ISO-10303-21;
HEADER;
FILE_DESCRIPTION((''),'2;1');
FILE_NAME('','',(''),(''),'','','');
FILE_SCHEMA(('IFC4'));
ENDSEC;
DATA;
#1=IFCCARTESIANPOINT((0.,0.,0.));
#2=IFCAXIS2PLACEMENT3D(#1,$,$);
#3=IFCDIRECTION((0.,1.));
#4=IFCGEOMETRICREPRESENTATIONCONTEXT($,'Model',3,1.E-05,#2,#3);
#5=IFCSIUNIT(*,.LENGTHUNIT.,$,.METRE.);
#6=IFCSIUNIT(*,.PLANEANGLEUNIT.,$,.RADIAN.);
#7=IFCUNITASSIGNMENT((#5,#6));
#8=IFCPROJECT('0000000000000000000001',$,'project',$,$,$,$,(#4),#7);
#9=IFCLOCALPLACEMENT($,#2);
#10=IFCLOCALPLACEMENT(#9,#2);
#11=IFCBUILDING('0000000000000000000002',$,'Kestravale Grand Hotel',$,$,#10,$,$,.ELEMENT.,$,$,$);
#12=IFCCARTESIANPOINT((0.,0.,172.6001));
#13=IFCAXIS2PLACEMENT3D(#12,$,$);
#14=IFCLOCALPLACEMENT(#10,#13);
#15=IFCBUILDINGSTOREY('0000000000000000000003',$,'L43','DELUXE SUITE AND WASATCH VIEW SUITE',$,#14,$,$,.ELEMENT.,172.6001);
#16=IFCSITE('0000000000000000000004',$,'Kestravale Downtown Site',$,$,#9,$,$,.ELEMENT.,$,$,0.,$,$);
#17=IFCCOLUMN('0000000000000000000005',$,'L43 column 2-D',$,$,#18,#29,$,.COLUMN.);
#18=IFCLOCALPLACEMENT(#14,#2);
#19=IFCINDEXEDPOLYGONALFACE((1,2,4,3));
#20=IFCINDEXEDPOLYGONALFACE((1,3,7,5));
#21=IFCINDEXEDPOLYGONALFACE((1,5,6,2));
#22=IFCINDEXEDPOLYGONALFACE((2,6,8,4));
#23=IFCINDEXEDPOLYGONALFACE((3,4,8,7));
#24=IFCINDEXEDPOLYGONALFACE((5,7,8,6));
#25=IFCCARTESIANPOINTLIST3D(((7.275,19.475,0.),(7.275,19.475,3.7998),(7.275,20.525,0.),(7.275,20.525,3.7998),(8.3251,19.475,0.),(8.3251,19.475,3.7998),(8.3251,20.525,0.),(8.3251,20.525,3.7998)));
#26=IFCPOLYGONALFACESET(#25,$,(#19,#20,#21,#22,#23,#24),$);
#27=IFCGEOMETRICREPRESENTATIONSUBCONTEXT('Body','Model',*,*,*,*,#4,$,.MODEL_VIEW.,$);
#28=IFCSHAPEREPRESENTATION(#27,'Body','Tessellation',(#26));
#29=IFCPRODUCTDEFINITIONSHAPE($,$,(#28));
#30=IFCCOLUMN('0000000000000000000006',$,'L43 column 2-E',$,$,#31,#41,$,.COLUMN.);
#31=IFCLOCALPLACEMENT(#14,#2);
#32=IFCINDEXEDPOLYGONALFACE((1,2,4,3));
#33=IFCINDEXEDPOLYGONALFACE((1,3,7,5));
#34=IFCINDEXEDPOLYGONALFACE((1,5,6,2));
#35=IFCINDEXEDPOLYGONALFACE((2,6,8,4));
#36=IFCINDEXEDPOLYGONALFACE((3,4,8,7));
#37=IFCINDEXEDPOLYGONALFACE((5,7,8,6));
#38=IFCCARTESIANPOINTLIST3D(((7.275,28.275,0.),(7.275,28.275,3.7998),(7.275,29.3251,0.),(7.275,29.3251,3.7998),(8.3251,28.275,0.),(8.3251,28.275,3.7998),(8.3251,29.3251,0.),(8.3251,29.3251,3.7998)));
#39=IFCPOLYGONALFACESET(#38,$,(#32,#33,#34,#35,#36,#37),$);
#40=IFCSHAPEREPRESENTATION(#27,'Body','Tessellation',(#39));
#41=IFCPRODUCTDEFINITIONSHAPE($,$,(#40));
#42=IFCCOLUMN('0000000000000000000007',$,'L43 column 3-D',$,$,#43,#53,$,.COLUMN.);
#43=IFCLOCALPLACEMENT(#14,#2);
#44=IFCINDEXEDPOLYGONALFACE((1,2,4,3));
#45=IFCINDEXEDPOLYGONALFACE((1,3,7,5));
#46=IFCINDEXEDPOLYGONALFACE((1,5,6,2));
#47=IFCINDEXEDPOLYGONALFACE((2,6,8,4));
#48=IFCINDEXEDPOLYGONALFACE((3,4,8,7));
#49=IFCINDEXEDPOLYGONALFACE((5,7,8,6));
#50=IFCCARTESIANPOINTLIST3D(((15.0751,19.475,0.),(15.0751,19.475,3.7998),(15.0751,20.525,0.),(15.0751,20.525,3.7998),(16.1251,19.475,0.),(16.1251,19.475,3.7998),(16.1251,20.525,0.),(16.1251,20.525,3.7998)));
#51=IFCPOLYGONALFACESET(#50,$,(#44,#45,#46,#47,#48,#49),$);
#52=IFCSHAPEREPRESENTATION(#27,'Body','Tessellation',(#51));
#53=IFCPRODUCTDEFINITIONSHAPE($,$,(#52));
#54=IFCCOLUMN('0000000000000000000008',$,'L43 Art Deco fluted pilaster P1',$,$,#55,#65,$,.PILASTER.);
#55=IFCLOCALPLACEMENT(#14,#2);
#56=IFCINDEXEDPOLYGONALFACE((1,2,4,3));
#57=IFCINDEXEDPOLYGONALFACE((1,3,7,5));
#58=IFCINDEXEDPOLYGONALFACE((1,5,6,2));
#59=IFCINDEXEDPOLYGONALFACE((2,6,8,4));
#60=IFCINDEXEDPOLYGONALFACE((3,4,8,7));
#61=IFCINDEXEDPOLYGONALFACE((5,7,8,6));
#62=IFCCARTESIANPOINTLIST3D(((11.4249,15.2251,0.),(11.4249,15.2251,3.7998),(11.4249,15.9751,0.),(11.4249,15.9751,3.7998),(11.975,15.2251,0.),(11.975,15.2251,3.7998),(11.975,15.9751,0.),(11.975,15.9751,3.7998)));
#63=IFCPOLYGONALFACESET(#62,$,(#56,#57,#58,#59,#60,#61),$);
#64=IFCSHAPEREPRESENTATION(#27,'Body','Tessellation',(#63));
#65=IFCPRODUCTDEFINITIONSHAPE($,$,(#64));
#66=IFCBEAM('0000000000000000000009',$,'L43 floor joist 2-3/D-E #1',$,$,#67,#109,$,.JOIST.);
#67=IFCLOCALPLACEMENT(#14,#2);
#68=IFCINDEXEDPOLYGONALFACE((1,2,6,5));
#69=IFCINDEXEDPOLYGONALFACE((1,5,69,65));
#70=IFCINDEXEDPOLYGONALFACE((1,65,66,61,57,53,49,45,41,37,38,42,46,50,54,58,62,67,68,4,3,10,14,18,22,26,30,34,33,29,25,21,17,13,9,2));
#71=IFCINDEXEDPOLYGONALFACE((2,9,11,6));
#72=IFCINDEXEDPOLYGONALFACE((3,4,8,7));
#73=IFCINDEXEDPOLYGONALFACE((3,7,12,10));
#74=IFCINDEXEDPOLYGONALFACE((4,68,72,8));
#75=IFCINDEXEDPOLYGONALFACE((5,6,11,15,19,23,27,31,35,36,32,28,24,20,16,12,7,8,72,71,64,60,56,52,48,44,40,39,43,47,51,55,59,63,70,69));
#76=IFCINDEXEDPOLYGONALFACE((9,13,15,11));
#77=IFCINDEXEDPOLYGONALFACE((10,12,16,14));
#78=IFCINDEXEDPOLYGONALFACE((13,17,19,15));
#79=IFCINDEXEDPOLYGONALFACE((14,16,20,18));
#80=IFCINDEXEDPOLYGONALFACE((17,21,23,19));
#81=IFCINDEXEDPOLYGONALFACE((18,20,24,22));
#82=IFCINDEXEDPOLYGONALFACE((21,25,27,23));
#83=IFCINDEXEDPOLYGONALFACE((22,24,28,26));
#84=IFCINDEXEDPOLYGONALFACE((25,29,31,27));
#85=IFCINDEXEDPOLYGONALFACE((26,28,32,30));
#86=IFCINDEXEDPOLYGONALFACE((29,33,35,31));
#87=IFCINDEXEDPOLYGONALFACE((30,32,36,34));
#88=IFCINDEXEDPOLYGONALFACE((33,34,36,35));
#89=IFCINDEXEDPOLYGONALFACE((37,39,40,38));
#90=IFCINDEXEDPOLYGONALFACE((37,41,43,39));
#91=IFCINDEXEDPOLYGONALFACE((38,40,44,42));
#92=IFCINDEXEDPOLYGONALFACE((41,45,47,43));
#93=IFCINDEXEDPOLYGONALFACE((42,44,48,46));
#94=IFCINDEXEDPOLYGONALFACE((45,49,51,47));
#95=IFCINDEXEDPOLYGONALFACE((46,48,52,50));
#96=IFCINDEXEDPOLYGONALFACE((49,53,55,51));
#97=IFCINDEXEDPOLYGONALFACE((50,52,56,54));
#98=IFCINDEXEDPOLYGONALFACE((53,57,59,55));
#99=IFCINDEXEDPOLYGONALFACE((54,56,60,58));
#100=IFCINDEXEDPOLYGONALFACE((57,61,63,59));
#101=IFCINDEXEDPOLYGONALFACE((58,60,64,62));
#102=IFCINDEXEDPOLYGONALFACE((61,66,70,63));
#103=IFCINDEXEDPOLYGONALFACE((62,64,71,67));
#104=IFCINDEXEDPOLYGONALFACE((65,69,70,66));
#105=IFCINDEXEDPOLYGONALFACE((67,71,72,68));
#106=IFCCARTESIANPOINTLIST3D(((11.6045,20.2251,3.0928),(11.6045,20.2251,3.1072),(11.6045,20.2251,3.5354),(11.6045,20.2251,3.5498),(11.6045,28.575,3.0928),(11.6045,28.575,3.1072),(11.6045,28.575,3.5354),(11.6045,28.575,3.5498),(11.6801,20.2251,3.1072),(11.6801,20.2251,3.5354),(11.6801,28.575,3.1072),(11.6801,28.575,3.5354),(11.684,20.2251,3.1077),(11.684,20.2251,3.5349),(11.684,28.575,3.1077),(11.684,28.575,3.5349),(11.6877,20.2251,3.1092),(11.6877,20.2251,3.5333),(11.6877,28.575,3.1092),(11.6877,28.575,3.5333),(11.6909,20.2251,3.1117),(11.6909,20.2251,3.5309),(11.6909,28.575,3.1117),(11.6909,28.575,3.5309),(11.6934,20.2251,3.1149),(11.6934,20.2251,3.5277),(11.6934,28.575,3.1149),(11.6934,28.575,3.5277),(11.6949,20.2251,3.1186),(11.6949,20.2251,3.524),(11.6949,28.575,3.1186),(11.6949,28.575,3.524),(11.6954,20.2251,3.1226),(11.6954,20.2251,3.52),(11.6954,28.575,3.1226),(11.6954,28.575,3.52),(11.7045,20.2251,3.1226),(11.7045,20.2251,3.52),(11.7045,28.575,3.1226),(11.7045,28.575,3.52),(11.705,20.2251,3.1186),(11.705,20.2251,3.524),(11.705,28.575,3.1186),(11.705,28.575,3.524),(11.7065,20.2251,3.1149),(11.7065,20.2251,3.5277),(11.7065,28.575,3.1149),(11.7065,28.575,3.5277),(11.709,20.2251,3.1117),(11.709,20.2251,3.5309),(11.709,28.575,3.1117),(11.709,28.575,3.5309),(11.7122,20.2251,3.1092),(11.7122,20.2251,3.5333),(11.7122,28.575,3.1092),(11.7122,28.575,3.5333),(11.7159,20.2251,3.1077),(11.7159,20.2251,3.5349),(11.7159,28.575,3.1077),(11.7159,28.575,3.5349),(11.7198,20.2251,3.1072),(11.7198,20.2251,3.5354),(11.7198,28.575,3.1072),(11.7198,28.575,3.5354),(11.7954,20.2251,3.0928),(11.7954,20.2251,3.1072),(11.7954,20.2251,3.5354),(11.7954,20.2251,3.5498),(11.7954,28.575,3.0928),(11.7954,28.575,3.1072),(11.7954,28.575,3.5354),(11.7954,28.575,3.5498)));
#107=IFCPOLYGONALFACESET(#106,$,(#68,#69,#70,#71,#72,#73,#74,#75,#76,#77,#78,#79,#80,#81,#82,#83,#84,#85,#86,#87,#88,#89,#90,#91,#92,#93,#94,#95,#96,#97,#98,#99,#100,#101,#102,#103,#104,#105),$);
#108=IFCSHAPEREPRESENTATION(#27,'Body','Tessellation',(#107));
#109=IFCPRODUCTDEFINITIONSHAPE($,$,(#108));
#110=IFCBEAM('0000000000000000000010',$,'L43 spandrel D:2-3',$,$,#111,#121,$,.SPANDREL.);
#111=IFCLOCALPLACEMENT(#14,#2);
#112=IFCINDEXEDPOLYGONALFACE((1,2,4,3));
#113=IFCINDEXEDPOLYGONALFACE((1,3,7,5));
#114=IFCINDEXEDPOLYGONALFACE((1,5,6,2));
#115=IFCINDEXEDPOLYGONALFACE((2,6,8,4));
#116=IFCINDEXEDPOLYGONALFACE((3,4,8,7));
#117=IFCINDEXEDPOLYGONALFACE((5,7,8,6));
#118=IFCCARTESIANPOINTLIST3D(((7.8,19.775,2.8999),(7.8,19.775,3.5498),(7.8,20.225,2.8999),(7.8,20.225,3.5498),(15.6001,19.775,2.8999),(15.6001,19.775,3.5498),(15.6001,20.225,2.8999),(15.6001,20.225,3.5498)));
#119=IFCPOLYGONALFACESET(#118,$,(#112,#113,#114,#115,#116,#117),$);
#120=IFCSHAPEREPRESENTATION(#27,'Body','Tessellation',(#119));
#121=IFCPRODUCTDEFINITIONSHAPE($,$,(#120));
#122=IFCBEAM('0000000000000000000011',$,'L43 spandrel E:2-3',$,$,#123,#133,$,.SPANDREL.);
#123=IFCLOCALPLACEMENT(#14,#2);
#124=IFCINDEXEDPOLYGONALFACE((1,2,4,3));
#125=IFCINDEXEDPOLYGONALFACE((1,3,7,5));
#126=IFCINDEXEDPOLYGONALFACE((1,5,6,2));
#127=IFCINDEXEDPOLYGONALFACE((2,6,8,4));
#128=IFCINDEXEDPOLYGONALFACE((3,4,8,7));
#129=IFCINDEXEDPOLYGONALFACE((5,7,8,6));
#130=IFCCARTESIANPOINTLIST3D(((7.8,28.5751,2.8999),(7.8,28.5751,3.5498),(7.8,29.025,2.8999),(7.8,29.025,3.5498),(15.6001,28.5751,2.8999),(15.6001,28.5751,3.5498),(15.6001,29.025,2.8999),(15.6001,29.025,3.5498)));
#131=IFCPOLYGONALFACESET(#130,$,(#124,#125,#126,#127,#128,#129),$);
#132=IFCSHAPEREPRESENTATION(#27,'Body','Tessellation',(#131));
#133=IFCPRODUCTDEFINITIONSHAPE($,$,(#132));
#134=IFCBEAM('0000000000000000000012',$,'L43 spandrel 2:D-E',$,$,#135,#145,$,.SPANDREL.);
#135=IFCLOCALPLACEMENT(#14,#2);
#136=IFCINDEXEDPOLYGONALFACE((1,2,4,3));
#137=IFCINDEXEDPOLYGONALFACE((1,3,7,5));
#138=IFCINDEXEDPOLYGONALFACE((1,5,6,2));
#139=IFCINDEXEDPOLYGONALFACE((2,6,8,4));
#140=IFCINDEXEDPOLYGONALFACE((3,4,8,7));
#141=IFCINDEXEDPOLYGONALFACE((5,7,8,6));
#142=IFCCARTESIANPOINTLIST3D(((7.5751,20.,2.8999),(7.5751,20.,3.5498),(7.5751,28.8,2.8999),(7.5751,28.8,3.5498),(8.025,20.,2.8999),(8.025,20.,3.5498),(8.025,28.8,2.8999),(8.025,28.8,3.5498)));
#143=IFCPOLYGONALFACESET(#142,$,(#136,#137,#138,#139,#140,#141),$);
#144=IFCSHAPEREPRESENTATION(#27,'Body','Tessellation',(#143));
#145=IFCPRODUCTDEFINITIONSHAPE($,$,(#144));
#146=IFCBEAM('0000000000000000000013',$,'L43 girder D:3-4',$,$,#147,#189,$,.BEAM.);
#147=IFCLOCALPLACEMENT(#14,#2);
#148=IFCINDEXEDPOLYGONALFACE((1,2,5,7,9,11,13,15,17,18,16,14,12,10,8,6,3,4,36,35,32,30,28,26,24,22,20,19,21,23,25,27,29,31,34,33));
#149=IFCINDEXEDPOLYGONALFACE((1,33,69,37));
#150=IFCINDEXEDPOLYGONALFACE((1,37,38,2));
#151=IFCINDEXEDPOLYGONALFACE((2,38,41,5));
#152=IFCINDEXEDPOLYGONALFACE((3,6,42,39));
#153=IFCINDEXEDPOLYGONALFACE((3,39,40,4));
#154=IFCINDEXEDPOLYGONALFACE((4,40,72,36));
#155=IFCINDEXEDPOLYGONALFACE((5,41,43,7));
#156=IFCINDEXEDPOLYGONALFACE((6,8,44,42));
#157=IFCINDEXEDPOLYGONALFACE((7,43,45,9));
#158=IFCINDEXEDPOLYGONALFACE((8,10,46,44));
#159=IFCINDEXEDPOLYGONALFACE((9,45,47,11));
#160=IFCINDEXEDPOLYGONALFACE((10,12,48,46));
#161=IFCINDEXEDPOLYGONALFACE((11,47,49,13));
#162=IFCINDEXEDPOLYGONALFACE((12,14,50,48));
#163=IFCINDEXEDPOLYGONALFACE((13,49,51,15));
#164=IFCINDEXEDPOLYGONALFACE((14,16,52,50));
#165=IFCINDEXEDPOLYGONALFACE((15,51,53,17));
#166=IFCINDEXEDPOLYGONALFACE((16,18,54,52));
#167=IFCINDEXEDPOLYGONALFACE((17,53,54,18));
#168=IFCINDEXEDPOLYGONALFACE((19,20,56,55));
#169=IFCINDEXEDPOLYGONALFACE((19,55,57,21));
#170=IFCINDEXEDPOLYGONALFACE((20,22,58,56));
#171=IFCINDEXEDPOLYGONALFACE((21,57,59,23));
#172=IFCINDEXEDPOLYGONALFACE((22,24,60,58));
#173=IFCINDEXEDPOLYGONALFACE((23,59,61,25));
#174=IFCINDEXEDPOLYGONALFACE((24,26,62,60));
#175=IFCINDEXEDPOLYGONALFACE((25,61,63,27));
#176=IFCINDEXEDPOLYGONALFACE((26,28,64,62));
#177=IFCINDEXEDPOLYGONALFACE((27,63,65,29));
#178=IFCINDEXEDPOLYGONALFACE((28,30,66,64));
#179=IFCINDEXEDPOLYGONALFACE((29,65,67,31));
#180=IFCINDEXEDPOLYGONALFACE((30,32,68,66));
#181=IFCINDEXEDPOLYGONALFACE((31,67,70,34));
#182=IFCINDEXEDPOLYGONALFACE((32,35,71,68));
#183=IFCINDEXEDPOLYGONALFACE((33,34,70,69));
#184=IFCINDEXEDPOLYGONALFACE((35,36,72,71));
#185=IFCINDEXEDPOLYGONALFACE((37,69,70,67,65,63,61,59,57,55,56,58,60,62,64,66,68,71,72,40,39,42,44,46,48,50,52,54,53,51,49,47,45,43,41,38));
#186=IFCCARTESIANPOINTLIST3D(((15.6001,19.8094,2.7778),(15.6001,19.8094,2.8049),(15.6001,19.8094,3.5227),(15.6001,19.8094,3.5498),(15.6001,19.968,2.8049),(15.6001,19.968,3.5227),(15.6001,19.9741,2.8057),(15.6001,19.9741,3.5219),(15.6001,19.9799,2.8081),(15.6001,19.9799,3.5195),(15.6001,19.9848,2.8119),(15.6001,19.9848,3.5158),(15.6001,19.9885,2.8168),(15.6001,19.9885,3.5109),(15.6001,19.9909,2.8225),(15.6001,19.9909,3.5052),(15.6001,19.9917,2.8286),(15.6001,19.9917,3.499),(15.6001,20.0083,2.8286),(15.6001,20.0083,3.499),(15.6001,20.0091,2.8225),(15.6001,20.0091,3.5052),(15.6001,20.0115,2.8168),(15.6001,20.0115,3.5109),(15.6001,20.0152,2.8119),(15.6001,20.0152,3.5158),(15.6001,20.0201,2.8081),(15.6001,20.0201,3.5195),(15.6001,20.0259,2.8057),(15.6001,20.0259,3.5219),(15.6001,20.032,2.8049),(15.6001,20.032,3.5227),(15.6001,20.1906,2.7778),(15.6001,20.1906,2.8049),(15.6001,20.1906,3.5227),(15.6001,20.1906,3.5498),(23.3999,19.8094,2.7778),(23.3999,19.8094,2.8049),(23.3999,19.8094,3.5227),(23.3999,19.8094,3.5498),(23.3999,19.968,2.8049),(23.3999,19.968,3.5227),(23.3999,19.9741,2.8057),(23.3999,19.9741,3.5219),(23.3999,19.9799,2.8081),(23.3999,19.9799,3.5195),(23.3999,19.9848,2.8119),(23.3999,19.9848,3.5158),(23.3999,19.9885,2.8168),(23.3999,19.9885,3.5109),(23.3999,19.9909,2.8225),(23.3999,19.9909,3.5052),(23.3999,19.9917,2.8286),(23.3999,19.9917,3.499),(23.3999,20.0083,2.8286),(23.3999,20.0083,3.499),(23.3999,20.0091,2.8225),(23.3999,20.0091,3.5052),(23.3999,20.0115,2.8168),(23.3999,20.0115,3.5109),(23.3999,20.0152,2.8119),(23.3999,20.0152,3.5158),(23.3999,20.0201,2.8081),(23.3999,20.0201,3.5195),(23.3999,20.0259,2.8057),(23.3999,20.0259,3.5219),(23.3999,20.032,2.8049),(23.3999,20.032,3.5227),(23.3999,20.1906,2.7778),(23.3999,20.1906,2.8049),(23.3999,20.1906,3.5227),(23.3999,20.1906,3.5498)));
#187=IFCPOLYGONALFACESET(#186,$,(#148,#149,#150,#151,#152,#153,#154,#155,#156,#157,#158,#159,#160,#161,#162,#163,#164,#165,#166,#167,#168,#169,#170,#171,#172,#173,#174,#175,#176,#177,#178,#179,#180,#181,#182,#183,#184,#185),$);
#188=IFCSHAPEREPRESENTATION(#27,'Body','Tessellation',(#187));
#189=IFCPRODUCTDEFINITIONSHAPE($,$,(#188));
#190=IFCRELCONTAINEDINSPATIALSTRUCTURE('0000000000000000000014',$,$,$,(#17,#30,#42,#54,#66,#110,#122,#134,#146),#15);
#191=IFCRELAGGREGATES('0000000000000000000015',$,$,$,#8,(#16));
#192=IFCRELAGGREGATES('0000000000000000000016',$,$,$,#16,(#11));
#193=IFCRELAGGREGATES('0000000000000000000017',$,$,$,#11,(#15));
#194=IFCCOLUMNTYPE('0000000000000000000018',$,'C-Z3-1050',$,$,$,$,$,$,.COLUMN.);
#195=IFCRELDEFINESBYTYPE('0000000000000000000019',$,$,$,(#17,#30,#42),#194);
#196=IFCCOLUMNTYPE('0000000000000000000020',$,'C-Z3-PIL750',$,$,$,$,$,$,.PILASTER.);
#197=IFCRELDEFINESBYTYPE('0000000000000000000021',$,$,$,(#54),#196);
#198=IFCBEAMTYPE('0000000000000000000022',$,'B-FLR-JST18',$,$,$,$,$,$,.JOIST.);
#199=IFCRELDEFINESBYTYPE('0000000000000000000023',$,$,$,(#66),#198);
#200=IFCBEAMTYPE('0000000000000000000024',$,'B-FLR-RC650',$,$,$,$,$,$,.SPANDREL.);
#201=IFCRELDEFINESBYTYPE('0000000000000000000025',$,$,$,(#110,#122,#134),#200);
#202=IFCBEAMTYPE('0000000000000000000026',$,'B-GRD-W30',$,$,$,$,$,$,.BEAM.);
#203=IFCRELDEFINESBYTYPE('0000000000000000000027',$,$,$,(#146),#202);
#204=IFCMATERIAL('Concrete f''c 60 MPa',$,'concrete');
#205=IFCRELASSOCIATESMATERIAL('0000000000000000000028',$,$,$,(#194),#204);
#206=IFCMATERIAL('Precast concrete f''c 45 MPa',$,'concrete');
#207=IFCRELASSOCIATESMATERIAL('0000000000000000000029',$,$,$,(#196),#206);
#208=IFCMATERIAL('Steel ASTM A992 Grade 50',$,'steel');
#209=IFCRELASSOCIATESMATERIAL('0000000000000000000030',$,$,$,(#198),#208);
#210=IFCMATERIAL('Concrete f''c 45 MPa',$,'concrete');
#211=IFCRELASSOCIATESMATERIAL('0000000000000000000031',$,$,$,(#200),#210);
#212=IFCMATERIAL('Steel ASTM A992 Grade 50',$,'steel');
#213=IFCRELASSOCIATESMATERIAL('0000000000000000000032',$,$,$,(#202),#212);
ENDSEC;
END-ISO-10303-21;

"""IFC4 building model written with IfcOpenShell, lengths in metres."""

from ifc_helpers import new_model, si_unit, direction, frame, origin, origin_2d, place, context, subcontext, project, spatial, rectangle, i_section, extrude, material, material_profile, profile_set, type_object, element, save


model = new_model("IFC4")

# Units and contexts
model_context = context("Model", 3, precision=1e-05, world=origin(), true_north=direction((0.0, 1.0)))
body_context = subcontext(model_context, "Body", "Model", "MODEL_VIEW")
ifc_project = project(units=[si_unit("LENGTHUNIT", "METRE"), si_unit("PLANEANGLEUNIT", "RADIAN")], contexts=[model_context])

# Site, building, storey
site_placement = place(None, origin())
site = spatial("IfcSite", under=ifc_project, at=site_placement, Name="Kestravale Downtown Site", CompositionType="ELEMENT", RefElevation=0.0)
building_placement = place(site_placement, origin())
building = spatial("IfcBuilding", under=site, at=building_placement, Name="Kestravale Grand Hotel", CompositionType="ELEMENT")
storey_placement = place(building_placement, frame((0.0, 0.0, 172.6001)))
storey = spatial("IfcBuildingStorey", under=building, at=storey_placement, Name="L43", Description="DELUXE SUITE AND WASATCH VIEW SUITE", CompositionType="ELEMENT", Elevation=172.6001)

# Columns
ifc_material_1 = material(Name="Concrete f'c 60 MPa", Category="concrete")
ifc_material_profile_1 = material_profile(ifc_material_1, rectangle(XDim=1.05, YDim=1.05, at=origin_2d()))
ifc_profile_set_1 = profile_set([ifc_material_profile_1], Name="Concrete f'c 60 MPa")
column_type_1 = type_object("IfcColumnType", Name="C-Z3-1050", PredefinedType="COLUMN", material=ifc_profile_set_1)
for number, where, z_axis, x_axis, name in (
    (1, (7.8, 20.0, 0.0), (0.0, 0.0, 1.0), (1.0, 0.0, 0.0), "L43 column 2-D"),
    (2, (7.8, 28.8, 0.0), (0.0, 0.0, 1.0), (1.0, 0.0, 0.0), "L43 column 2-E"),
    (3, (15.6001, 20.0, 0.0), (0.0, 0.0, 1.0), (1.0, 0.0, 0.0), "L43 column 3-D"),
):
    element("IfcColumn", number, at=place(storey_placement, frame(where, z_axis=z_axis, x_axis=x_axis)), inside=storey, type_object=column_type_1, Name=name, PredefinedType="COLUMN", context=body_context, shape_type="SweptSolid", body=[
        extrude(rectangle(XDim=1.05, YDim=1.05, at=origin_2d()), origin(), (0.0, 0.0, 1.0), 3.7998),
    ])
ifc_material_2 = material(Name="Precast concrete f'c 45 MPa", Category="concrete")
ifc_material_profile_2 = material_profile(ifc_material_2, rectangle(XDim=0.55, YDim=0.75, at=origin_2d()))
ifc_profile_set_2 = profile_set([ifc_material_profile_2], Name="Precast concrete f'c 45 MPa")
column_type_2 = type_object("IfcColumnType", Name="C-Z3-PIL750", PredefinedType="PILASTER", material=ifc_profile_set_2)
column_placement = place(storey_placement, frame((11.7, 15.6001, 0.0), z_axis=(0.0, 0.0, 1.0), x_axis=(1.0, 0.0, 0.0)))
element("IfcColumn", 4, at=column_placement, inside=storey, type_object=column_type_2, Name="L43 Art Deco fluted pilaster P1", PredefinedType="PILASTER", context=body_context, shape_type="SweptSolid", body=[
    extrude(rectangle(XDim=0.55, YDim=0.75, at=origin_2d()), origin(), (0.0, 0.0, 1.0), 3.7998),
])

# Beams
ifc_material_3 = material(Name="Steel ASTM A992 Grade 50", Category="steel")
ifc_material_profile_3 = material_profile(ifc_material_3, i_section(OverallWidth=0.1909, OverallDepth=0.457, WebThickness=0.009, FlangeThickness=0.0144, FilletRadius=0.0154, at=origin_2d()))
ifc_profile_set_3 = profile_set([ifc_material_profile_3], Name="Steel ASTM A992 Grade 50")
beam_type_1 = type_object("IfcBeamType", Name="B-FLR-JST18", PredefinedType="JOIST", material=ifc_profile_set_3)
beam_1_placement = place(storey_placement, frame((11.7, 20.2251, 3.3213), z_axis=(0.0, 1.0, 0.0), x_axis=(-1.0, 0.0, 0.0)))
element("IfcBeam", 5, at=beam_1_placement, inside=storey, type_object=beam_type_1, Name="L43 floor joist 2-3/D-E #1", PredefinedType="JOIST", context=body_context, shape_type="SweptSolid", body=[
    extrude(i_section(OverallWidth=0.1909, OverallDepth=0.457, WebThickness=0.009, FlangeThickness=0.0144, FilletRadius=0.0154, at=origin_2d()), origin(), (0.0, 0.0, 1.0), 8.3499),
])
ifc_material_4 = material(Name="Concrete f'c 45 MPa", Category="concrete")
ifc_material_profile_4 = material_profile(ifc_material_4, rectangle(XDim=0.45, YDim=0.6499, at=origin_2d()))
ifc_profile_set_4 = profile_set([ifc_material_profile_4], Name="Concrete f'c 45 MPa")
beam_type_2 = type_object("IfcBeamType", Name="B-FLR-RC650", PredefinedType="SPANDREL", material=ifc_profile_set_4)
for number, where, z_axis, x_axis, name in (
    (6, (7.8, 20.0, 3.2249), (1.0, 0.0, 0.0), (0.0, 1.0, 0.0), "L43 spandrel D:2-3"),
    (7, (7.8, 28.8, 3.2249), (1.0, 0.0, 0.0), (0.0, 1.0, 0.0), "L43 spandrel E:2-3"),
):
    element("IfcBeam", number, at=place(storey_placement, frame(where, z_axis=z_axis, x_axis=x_axis)), inside=storey, type_object=beam_type_2, Name=name, PredefinedType="SPANDREL", context=body_context, shape_type="SweptSolid", body=[
        extrude(rectangle(XDim=0.45, YDim=0.6499, at=origin_2d()), origin(), (0.0, 0.0, 1.0), 7.8),
    ])
beam_2_placement = place(storey_placement, frame((7.8, 20.0, 3.2249), z_axis=(0.0, 1.0, 0.0), x_axis=(-1.0, 0.0, 0.0)))
element("IfcBeam", 8, at=beam_2_placement, inside=storey, type_object=beam_type_2, Name="L43 spandrel 2:D-E", PredefinedType="SPANDREL", context=body_context, shape_type="SweptSolid", body=[
    extrude(rectangle(XDim=0.45, YDim=0.6499, at=origin_2d()), origin(), (0.0, 0.0, 1.0), 8.8),
])
ifc_material_5 = material(Name="Steel ASTM A992 Grade 50", Category="steel")
ifc_material_profile_5 = material_profile(ifc_material_5, i_section(OverallWidth=0.3811, OverallDepth=0.772, WebThickness=0.0166, FlangeThickness=0.0271, FilletRadius=0.0237, at=origin_2d()))
ifc_profile_set_5 = profile_set([ifc_material_profile_5], Name="Steel ASTM A992 Grade 50")
beam_type_3 = type_object("IfcBeamType", Name="B-GRD-W30", PredefinedType="BEAM", material=ifc_profile_set_5)
beam_3_placement = place(storey_placement, frame((15.6001, 20.0, 3.1638), z_axis=(1.0, 0.0, 0.0), x_axis=(0.0, 1.0, 0.0)))
element("IfcBeam", 9, at=beam_3_placement, inside=storey, type_object=beam_type_3, Name="L43 girder D:3-4", PredefinedType="BEAM", context=body_context, shape_type="SweptSolid", body=[
    extrude(i_section(OverallWidth=0.3811, OverallDepth=0.772, WebThickness=0.0166, FlangeThickness=0.0271, FilletRadius=0.0237, at=origin_2d()), origin(), (0.0, 0.0, 1.0), 7.7998),
])

save(model, "model.ifc")
